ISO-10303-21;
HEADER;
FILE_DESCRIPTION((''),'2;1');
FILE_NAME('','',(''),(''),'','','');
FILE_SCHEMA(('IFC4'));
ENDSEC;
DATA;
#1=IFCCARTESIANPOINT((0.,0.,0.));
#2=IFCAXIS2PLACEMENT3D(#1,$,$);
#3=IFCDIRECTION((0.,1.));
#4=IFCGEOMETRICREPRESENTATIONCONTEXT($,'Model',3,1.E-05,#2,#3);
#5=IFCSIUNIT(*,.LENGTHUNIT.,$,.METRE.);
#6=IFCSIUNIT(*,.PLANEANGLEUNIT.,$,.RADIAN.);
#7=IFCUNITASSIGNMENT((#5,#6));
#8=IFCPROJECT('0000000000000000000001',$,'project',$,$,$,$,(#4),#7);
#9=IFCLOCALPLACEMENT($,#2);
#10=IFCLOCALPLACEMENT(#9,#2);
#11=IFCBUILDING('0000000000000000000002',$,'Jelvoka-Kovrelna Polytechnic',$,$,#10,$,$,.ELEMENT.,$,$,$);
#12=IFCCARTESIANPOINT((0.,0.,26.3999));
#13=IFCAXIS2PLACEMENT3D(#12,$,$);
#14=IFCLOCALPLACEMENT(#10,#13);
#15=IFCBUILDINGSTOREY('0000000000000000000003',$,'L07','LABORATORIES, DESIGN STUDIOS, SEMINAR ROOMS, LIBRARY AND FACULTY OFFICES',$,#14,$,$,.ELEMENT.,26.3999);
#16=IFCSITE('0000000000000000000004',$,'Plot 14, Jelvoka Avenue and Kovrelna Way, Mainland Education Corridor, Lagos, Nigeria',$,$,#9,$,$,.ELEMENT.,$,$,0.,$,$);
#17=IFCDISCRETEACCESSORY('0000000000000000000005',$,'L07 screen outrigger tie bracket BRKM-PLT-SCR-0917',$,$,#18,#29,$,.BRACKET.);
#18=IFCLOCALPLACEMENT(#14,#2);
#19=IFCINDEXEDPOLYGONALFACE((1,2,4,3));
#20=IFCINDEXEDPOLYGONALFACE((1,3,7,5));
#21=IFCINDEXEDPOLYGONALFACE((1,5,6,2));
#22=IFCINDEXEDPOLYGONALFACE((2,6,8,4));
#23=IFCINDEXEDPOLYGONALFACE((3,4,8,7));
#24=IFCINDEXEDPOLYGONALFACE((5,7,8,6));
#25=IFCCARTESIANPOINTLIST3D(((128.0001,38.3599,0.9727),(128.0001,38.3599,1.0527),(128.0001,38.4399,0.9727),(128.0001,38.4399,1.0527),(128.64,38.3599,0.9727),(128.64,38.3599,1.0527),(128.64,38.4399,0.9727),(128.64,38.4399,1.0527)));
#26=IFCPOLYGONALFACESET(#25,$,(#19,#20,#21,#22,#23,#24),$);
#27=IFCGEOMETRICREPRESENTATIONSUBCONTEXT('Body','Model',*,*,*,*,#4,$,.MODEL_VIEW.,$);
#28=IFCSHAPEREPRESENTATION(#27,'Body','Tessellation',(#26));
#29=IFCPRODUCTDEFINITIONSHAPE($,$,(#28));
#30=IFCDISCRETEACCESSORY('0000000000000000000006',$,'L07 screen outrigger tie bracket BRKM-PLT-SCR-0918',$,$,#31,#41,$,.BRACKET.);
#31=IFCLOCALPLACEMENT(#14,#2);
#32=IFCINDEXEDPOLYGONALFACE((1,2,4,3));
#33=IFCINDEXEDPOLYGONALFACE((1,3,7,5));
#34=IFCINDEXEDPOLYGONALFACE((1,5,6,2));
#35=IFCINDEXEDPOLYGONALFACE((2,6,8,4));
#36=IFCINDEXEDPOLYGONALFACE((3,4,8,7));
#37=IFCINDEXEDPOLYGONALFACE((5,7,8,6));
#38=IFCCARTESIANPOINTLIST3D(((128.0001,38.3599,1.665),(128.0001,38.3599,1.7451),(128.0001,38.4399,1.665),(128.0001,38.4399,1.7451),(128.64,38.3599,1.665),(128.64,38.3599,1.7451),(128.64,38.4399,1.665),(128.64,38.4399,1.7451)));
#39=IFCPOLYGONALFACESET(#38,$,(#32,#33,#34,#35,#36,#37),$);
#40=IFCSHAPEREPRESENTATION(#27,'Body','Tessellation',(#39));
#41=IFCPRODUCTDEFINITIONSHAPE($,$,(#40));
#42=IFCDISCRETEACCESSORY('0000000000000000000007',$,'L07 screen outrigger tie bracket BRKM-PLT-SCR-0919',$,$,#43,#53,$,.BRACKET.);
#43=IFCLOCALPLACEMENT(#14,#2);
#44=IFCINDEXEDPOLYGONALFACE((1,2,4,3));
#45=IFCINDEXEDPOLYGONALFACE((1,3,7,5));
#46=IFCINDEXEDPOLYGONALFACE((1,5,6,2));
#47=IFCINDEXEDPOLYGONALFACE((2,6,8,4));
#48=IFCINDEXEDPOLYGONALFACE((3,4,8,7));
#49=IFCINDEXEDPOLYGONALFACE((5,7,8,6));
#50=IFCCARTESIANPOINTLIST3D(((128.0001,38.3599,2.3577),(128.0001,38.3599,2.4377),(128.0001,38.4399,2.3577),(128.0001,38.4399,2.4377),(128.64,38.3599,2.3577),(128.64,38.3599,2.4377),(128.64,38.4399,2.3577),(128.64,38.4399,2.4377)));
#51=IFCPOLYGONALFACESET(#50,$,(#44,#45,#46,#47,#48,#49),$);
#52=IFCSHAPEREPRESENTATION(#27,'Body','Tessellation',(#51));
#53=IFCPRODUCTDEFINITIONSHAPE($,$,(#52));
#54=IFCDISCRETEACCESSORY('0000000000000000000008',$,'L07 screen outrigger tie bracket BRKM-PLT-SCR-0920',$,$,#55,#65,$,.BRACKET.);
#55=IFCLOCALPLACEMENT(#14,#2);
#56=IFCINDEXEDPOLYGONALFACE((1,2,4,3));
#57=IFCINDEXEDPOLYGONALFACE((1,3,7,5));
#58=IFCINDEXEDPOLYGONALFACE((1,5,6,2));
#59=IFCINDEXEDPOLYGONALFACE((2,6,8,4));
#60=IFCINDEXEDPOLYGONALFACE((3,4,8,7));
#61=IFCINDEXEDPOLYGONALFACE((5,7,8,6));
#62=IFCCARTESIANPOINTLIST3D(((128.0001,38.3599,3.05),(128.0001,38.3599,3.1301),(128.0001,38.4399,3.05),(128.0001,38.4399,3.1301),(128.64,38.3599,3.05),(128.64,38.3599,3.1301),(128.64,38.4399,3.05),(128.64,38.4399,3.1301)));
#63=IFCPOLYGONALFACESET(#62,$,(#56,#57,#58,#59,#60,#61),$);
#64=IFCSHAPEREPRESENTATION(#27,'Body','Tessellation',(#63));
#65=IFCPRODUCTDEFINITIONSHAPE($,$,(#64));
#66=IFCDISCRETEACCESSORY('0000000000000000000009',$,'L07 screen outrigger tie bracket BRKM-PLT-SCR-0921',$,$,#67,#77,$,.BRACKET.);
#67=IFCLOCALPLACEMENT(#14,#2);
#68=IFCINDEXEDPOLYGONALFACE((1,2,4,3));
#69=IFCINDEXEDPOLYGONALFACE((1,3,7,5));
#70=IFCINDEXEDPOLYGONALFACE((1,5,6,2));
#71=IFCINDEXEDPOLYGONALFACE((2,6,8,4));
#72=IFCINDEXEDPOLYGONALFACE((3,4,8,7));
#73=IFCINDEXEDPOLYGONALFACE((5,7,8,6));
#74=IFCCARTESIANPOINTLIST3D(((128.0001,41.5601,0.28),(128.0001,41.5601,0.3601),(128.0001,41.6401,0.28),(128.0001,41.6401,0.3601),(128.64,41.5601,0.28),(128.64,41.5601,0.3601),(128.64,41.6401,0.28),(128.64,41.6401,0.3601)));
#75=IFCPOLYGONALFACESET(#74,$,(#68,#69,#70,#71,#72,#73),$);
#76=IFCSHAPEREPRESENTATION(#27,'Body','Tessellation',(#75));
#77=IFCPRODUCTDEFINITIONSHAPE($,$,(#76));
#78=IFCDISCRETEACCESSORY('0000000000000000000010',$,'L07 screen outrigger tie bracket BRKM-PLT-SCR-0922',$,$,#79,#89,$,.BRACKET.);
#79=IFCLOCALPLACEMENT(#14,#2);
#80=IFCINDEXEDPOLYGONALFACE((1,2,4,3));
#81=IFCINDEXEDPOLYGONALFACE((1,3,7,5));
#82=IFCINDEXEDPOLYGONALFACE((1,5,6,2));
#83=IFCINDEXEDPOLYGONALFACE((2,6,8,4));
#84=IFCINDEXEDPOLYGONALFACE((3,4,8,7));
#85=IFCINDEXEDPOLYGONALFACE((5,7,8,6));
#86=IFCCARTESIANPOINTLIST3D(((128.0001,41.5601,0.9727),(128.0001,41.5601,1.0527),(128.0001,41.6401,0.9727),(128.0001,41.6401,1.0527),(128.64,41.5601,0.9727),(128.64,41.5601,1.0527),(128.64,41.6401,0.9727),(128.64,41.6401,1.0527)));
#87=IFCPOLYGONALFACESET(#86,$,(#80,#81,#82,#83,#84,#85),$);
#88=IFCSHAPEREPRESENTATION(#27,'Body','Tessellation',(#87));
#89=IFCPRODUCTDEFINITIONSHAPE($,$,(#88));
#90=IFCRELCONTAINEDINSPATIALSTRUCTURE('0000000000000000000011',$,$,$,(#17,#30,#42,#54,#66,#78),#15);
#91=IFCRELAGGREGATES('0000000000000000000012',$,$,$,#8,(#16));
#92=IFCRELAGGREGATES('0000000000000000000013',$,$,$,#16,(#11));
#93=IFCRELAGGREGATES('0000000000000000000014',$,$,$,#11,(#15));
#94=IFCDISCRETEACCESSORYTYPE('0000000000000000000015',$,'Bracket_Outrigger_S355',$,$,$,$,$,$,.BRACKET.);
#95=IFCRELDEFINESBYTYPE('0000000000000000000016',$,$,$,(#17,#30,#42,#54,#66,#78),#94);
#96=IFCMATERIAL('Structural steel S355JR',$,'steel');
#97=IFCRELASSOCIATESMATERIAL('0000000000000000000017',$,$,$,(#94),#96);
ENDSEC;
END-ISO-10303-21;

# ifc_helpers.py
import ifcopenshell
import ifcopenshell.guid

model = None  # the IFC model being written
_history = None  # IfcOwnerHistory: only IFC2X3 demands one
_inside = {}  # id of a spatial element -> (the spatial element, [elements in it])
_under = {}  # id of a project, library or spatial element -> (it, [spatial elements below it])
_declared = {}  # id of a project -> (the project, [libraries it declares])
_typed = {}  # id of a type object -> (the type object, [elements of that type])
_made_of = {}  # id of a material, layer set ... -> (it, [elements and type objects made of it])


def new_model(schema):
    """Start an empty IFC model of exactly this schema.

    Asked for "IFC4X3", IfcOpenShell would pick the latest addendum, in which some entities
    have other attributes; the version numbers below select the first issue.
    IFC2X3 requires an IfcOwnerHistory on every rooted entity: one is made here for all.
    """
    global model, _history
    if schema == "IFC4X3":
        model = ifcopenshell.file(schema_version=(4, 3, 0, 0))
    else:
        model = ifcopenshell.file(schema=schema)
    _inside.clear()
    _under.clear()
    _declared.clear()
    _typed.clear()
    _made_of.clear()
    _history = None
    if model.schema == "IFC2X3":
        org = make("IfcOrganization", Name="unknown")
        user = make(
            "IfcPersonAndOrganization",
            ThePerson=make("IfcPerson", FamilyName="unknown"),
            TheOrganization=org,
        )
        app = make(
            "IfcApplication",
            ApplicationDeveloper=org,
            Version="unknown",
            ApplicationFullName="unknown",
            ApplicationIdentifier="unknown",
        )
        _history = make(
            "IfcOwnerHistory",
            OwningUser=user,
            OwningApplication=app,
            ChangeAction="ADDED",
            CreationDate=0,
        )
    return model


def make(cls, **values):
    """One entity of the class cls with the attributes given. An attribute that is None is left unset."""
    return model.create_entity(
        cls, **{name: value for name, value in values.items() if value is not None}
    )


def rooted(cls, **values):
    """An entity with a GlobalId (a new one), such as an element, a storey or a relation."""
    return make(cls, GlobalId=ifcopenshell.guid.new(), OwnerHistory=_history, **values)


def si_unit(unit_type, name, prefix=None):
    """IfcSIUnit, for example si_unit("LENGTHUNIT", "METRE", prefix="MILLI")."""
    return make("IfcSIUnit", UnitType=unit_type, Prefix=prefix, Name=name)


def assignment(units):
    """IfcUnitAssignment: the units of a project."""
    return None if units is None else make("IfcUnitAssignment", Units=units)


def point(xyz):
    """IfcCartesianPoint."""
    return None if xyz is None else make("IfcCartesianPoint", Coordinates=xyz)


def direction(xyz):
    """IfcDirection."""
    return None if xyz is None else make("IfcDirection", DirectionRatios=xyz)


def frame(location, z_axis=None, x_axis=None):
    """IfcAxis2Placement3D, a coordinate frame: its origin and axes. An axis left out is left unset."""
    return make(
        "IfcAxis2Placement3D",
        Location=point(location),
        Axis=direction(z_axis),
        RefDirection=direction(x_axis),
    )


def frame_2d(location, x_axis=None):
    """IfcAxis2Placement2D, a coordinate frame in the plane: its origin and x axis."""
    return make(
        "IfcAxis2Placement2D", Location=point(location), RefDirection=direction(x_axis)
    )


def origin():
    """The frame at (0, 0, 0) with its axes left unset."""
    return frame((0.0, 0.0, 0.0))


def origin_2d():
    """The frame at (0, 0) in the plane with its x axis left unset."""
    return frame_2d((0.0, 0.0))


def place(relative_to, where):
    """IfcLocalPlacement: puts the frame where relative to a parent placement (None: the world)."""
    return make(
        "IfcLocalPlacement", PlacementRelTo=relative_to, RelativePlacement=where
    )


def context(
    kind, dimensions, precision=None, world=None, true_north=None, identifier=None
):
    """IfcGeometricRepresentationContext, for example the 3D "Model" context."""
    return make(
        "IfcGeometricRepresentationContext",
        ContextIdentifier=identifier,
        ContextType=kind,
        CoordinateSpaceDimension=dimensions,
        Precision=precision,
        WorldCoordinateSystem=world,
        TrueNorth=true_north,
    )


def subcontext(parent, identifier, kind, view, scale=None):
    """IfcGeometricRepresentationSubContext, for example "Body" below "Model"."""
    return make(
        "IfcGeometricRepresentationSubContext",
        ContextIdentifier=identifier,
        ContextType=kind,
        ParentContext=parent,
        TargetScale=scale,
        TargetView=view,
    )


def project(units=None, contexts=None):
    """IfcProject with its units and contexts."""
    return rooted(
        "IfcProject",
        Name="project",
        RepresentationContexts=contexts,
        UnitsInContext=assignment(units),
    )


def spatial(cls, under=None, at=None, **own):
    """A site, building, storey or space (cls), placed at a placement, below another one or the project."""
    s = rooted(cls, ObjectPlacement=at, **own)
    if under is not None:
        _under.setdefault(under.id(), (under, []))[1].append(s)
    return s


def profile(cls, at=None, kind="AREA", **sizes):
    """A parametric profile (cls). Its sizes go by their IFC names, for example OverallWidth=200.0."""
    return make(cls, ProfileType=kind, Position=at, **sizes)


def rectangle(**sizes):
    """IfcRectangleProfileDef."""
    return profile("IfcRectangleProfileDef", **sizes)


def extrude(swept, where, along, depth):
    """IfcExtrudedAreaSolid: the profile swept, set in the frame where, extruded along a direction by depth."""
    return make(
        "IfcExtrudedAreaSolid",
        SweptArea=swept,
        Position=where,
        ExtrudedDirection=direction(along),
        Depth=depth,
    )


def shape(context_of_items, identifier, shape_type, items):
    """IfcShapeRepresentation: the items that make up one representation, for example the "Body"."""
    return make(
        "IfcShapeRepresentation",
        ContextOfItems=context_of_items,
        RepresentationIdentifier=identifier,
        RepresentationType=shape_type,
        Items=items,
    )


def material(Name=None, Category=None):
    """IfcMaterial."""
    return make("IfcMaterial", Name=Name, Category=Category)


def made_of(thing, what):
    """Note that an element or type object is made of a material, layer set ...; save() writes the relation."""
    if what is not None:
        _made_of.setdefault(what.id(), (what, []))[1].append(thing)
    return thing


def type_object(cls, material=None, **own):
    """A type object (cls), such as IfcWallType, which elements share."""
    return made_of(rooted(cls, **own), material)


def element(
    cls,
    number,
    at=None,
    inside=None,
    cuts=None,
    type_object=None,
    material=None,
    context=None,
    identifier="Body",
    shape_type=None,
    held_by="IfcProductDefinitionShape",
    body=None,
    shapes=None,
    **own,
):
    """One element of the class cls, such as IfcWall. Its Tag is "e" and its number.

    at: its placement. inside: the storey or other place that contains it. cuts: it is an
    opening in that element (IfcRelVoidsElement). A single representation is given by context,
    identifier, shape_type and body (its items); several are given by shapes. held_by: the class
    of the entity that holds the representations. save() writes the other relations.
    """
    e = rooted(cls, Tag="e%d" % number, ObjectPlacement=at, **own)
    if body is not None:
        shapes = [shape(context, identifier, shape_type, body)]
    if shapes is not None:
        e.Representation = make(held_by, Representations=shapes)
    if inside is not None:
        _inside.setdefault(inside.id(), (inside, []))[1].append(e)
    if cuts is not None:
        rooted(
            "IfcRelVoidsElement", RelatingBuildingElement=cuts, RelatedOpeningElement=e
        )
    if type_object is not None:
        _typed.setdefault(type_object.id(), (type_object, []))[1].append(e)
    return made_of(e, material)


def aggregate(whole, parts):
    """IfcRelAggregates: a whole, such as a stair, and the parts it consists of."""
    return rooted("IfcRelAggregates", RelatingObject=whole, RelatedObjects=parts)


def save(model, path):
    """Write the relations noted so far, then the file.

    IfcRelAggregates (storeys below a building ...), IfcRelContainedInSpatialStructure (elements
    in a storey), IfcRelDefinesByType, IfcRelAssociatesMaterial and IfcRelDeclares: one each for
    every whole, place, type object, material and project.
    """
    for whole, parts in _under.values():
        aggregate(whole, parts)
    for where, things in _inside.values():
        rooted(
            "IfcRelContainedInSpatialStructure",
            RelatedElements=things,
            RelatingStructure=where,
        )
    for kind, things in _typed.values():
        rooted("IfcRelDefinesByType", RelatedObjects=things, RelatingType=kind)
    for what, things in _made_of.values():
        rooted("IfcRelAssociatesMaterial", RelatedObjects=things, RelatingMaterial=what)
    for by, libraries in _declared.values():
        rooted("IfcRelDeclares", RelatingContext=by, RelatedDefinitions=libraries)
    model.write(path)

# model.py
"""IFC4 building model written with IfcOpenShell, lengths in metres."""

from ifc_helpers import new_model, si_unit, direction, frame, origin, origin_2d, place, context, subcontext, project, spatial, rectangle, extrude, material, type_object, element, save


model = new_model("IFC4")

# Units and contexts
model_context = context("Model", 3, precision=1e-05, world=origin(), true_north=direction((0.0, 1.0)))
body_context = subcontext(model_context, "Body", "Model", "MODEL_VIEW")
ifc_project = project(units=[si_unit("LENGTHUNIT", "METRE"), si_unit("PLANEANGLEUNIT", "RADIAN")], contexts=[model_context])

# Site, building, storey
site_placement = place(None, origin())
site = spatial("IfcSite", under=ifc_project, at=site_placement, Name="Plot 14, Jelvoka Avenue and Kovrelna Way, Mainland Education Corridor, Lagos, Nigeria", CompositionType="ELEMENT", RefElevation=0.0)
building_placement = place(site_placement, origin())
building = spatial("IfcBuilding", under=site, at=building_placement, Name="Jelvoka-Kovrelna Polytechnic", CompositionType="ELEMENT")
storey_placement = place(building_placement, frame((0.0, 0.0, 26.3999)))
storey = spatial("IfcBuildingStorey", under=building, at=storey_placement, Name="L07", Description="LABORATORIES, DESIGN STUDIOS, SEMINAR ROOMS, LIBRARY AND FACULTY OFFICES", CompositionType="ELEMENT", Elevation=26.3999)

# Discrete accessories
ifc_material_1 = material(Name="Structural steel S355JR", Category="steel")
discrete_accessory_type = type_object("IfcDiscreteAccessoryType", Name="Bracket_Outrigger_S355", PredefinedType="BRACKET", material=ifc_material_1)
for number, where, z_axis, x_axis, name in (
    (1, (128.3201, 38.3999, 0.9727), (0.0, 0.0, 1.0), (1.0, 0.0, 0.0), "L07 screen outrigger tie bracket BRKM-PLT-SCR-0917"),
    (2, (128.3201, 38.3999, 1.665), (0.0, 0.0, 1.0), (1.0, 0.0, 0.0), "L07 screen outrigger tie bracket BRKM-PLT-SCR-0918"),
    (3, (128.3201, 38.3999, 2.3577), (0.0, 0.0, 1.0), (1.0, 0.0, 0.0), "L07 screen outrigger tie bracket BRKM-PLT-SCR-0919"),
    (4, (128.3201, 38.3999, 3.05), (0.0, 0.0, 1.0), (1.0, 0.0, 0.0), "L07 screen outrigger tie bracket BRKM-PLT-SCR-0920"),
    (5, (128.3201, 41.6001, 0.28), (0.0, 0.0, 1.0), (1.0, 0.0, 0.0), "L07 screen outrigger tie bracket BRKM-PLT-SCR-0921"),
    (6, (128.3201, 41.6001, 0.9727), (0.0, 0.0, 1.0), (1.0, 0.0, 0.0), "L07 screen outrigger tie bracket BRKM-PLT-SCR-0922"),
):
    element("IfcDiscreteAccessory", number, at=place(storey_placement, frame(where, z_axis=z_axis, x_axis=x_axis)), inside=storey, type_object=discrete_accessory_type, Name=name, PredefinedType="BRACKET", context=body_context, shape_type="SweptSolid", body=[
        extrude(rectangle(XDim=0.6399, YDim=0.0801, at=origin_2d()), origin(), (0.0, 0.0, 1.0), 0.0801),
    ])

save(model, "model.ifc")
